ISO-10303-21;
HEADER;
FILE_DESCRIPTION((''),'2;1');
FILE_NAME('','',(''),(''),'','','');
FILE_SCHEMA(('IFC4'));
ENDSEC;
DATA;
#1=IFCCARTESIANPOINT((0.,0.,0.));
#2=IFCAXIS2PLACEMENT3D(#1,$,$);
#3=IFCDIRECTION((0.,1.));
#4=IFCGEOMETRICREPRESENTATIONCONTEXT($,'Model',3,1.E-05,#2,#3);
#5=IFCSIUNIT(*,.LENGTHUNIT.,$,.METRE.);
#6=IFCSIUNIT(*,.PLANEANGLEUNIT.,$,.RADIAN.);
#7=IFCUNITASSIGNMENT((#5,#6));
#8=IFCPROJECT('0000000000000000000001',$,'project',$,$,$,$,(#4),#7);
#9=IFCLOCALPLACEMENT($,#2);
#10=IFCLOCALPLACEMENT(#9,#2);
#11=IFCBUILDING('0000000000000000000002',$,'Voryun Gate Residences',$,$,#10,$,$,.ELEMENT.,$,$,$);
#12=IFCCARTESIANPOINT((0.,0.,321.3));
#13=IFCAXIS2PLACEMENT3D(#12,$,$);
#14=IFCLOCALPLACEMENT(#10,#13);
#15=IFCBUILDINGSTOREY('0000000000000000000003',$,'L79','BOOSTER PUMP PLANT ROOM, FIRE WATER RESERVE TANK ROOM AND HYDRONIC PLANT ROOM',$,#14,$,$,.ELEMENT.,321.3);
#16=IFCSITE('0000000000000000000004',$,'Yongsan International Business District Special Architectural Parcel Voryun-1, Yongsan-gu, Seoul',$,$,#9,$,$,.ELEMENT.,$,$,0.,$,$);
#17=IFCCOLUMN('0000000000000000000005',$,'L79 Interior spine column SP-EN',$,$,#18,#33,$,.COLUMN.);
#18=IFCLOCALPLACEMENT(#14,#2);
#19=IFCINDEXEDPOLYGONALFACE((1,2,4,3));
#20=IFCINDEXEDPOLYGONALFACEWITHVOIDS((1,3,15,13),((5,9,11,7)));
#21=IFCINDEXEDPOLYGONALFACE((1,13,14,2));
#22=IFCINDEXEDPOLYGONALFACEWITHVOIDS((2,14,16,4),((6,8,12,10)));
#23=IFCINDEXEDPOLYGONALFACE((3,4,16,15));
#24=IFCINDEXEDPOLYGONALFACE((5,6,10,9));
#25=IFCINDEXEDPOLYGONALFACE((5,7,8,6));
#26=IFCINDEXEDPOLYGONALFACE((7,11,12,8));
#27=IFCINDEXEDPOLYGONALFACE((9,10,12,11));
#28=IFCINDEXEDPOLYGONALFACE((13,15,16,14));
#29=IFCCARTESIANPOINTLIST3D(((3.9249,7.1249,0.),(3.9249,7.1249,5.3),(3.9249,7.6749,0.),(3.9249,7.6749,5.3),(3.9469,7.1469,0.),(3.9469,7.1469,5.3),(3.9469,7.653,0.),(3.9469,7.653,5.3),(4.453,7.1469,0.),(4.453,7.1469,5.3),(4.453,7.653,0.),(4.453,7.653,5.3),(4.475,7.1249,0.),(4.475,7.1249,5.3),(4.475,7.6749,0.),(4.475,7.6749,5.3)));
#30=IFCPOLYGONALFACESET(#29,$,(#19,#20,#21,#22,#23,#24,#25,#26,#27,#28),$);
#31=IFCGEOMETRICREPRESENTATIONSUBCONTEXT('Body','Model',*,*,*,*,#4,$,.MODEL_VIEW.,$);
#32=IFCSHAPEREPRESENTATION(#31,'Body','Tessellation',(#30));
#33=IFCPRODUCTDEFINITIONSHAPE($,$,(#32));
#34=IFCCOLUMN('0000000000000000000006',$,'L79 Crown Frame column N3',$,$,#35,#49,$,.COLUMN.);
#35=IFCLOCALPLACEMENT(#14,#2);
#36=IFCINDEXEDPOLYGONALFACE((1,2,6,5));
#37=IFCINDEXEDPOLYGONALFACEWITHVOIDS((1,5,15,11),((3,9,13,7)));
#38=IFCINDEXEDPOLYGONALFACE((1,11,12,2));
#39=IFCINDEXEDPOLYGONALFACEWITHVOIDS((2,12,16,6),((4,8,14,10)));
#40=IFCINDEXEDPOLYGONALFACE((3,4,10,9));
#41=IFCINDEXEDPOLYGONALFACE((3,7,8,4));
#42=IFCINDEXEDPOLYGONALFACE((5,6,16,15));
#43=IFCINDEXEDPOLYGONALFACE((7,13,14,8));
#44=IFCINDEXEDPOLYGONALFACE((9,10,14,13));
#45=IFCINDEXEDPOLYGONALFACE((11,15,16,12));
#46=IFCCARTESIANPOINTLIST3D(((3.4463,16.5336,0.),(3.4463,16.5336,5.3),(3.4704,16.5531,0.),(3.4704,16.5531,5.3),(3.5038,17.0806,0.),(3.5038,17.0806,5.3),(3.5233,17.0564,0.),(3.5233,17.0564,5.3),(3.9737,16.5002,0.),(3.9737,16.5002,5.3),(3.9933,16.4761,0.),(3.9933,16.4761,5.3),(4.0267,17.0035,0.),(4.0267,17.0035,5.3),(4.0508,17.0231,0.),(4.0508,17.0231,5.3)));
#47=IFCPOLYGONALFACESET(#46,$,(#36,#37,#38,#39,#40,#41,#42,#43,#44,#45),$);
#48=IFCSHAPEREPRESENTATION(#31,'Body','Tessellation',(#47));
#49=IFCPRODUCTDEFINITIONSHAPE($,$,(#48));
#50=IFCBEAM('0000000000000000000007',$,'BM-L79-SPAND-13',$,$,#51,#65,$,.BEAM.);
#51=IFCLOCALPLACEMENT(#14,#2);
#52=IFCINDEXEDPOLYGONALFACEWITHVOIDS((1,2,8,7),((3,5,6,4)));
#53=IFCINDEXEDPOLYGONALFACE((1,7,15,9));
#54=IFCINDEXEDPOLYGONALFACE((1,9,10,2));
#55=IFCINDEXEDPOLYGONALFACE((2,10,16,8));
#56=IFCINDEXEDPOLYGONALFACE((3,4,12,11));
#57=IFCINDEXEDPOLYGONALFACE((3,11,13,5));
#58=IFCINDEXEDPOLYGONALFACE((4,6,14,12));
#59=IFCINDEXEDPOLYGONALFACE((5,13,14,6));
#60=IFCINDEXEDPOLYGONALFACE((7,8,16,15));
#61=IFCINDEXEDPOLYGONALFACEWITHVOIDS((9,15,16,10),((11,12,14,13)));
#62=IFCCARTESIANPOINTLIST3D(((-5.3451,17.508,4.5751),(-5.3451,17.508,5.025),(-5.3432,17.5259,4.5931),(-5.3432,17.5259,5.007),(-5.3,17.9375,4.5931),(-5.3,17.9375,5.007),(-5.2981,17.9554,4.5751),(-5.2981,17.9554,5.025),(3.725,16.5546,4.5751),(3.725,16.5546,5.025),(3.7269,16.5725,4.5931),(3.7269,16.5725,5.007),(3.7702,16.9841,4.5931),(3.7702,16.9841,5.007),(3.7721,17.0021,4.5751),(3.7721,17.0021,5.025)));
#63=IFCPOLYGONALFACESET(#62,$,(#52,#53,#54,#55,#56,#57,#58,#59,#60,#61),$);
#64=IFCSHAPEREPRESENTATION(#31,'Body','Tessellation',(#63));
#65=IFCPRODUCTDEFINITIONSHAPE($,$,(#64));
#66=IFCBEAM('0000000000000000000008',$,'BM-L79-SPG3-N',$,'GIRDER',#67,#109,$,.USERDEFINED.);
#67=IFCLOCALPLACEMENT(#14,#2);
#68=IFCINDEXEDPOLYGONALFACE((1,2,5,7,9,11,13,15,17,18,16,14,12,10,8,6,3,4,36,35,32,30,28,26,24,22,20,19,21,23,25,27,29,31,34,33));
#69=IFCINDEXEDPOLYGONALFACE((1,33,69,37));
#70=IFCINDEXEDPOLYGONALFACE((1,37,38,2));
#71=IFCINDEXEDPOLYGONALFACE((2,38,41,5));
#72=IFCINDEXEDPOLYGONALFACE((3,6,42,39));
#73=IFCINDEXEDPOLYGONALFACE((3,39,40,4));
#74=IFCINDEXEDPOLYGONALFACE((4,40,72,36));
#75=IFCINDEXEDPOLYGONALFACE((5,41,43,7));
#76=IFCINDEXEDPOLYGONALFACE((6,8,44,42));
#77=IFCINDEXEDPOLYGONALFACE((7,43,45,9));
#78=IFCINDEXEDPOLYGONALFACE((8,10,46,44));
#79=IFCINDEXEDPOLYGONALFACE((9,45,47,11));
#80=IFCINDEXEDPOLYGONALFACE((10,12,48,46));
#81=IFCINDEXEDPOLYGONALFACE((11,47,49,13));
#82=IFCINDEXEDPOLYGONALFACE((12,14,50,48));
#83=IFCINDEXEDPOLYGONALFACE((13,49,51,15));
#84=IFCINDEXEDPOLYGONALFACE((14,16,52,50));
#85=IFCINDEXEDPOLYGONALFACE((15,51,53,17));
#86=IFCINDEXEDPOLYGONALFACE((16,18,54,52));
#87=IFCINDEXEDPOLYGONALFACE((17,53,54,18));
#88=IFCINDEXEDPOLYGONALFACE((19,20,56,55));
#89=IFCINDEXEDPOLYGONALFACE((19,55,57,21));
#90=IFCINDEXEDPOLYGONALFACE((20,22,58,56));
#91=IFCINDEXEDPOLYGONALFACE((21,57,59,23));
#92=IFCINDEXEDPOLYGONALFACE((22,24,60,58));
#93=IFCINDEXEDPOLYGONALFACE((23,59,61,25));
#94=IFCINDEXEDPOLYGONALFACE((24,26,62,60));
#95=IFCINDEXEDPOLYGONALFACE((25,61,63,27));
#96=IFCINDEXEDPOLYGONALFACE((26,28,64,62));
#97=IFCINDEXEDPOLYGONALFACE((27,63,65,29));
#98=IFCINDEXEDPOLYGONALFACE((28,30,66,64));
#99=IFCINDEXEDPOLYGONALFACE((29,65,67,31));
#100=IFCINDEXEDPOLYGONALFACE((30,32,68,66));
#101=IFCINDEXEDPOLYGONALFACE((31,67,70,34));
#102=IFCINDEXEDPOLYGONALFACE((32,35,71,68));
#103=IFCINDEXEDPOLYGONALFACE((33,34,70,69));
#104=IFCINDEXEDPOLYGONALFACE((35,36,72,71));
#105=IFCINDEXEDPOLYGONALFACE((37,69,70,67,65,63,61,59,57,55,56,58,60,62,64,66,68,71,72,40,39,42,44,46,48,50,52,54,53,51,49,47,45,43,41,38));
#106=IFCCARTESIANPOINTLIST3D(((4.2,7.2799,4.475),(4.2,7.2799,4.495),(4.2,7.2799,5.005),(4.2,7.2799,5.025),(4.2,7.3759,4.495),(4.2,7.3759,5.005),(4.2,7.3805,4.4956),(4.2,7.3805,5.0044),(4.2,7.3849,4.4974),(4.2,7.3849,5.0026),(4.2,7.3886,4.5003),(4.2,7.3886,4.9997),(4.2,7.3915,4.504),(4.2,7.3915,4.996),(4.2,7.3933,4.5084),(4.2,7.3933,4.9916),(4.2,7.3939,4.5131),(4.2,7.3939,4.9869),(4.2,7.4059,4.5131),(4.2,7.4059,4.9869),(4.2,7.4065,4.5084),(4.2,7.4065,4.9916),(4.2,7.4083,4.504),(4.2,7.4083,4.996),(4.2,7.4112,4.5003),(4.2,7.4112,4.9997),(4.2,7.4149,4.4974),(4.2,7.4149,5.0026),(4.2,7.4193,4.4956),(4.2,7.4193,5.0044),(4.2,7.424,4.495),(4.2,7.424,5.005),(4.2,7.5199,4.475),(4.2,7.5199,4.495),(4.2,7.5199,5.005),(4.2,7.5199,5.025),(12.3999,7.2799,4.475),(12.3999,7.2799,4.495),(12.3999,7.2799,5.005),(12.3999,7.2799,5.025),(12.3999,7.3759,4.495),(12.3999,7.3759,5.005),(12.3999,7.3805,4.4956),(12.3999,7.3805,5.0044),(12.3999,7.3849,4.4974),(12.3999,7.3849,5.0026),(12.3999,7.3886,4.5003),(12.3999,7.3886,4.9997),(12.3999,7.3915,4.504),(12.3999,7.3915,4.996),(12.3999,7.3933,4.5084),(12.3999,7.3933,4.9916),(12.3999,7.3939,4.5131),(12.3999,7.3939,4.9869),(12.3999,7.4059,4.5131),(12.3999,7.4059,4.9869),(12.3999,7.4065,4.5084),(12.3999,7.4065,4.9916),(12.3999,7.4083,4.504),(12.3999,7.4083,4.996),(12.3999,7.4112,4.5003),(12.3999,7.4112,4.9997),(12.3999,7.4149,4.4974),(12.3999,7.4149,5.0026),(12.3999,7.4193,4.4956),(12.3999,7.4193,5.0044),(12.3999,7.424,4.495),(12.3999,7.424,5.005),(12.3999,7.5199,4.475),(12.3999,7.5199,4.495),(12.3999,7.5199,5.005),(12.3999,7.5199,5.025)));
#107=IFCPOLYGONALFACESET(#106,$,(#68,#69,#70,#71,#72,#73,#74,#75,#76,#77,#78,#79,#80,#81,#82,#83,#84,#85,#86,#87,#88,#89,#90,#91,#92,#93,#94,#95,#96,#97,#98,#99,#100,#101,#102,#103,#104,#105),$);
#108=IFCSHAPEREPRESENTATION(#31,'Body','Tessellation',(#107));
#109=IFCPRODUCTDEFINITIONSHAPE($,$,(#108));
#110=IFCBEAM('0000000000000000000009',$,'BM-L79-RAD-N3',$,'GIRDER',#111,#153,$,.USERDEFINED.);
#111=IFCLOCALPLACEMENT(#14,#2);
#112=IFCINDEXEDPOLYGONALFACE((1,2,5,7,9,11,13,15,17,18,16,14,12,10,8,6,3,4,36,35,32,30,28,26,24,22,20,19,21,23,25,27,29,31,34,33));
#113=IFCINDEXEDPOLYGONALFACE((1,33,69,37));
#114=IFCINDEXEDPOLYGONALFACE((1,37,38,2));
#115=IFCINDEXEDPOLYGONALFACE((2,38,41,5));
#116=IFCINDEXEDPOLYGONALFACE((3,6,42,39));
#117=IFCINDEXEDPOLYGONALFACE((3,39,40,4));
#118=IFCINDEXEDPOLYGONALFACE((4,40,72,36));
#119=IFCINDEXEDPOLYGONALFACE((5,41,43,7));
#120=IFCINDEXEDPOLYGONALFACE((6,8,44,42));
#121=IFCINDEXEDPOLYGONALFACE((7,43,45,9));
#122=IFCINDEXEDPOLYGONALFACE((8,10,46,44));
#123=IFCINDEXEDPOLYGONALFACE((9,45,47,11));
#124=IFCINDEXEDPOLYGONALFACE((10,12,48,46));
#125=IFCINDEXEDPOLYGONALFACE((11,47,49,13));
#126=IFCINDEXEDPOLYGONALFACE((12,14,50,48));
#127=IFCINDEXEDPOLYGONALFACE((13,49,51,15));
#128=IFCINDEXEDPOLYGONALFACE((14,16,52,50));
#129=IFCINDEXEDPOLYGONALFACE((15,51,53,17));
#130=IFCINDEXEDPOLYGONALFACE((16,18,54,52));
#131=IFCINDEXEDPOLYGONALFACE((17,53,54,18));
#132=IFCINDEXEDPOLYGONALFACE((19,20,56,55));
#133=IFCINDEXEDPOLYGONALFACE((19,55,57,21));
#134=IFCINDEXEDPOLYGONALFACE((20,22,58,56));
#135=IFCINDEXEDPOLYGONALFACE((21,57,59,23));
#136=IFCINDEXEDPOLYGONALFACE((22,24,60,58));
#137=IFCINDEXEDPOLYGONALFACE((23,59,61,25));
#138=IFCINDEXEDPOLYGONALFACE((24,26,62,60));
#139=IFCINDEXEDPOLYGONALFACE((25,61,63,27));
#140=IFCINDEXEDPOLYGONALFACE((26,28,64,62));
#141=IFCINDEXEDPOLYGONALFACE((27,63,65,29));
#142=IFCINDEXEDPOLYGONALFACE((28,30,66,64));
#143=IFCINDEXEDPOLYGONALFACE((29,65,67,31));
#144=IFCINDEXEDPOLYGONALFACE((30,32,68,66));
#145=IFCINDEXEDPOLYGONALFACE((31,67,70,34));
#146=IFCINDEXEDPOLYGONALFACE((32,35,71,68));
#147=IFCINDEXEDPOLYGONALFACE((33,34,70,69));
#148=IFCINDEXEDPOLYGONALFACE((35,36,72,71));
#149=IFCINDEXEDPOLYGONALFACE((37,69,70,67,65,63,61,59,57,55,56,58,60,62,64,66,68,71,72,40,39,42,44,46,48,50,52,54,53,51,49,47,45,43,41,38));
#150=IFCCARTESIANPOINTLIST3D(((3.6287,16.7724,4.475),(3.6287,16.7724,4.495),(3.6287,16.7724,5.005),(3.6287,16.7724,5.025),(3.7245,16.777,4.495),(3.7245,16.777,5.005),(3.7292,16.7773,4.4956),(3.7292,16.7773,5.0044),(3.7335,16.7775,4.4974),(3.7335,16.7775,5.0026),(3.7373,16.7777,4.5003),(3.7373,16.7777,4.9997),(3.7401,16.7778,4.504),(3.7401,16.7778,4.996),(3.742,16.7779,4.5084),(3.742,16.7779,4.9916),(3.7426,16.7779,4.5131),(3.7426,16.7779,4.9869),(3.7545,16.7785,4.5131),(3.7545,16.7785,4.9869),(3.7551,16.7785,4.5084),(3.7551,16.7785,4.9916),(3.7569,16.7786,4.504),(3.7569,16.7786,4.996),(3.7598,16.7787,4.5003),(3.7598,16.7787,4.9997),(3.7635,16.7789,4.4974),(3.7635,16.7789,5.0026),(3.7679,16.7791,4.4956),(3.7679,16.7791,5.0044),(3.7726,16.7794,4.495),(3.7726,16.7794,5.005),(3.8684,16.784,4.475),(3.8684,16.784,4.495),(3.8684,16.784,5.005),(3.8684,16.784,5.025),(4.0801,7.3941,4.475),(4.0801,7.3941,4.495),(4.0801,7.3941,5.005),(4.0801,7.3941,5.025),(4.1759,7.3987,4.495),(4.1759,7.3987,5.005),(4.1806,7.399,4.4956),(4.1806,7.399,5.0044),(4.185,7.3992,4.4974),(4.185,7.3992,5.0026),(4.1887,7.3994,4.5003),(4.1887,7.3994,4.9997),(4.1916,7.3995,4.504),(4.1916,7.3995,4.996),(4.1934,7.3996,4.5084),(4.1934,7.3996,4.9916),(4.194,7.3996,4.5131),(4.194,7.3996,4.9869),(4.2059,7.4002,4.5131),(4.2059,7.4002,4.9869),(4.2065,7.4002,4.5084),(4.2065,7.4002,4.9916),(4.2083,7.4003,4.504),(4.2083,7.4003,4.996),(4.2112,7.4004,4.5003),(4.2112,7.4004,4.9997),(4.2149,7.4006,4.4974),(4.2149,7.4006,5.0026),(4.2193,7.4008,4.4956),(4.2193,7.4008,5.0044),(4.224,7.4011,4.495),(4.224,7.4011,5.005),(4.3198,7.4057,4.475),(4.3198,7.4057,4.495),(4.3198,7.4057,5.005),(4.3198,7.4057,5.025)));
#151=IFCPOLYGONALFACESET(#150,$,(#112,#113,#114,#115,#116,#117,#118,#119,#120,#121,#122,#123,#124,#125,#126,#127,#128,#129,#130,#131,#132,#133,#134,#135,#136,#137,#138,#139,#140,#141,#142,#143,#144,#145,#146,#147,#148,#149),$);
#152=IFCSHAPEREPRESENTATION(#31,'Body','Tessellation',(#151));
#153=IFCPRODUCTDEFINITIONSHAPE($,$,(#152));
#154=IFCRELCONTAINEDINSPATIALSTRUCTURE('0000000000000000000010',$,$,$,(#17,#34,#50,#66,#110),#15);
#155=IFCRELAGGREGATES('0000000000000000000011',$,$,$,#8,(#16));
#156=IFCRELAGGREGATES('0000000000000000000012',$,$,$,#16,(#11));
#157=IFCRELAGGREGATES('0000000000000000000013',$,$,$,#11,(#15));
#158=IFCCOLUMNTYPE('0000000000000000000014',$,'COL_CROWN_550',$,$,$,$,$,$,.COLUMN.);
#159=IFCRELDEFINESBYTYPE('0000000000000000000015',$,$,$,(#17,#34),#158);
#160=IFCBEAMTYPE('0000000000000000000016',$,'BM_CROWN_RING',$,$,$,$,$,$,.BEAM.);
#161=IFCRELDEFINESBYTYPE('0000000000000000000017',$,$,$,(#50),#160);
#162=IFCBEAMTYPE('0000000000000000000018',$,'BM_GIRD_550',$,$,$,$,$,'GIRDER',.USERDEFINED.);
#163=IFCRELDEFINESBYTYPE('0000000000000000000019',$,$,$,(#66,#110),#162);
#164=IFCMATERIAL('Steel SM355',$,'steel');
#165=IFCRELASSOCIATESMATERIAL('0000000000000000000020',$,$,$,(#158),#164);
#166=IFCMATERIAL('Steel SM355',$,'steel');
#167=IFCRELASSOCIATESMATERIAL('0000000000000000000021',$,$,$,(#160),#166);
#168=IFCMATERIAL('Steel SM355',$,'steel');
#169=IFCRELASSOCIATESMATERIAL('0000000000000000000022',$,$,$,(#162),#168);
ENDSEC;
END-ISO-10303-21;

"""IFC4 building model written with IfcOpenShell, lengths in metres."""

from ifc_helpers import new_model, si_unit, direction, frame, origin, origin_2d, place, context, subcontext, project, spatial, hollow_rectangle, i_section, extrude, material, material_profile, profile_set, type_object, element, save


model = new_model("IFC4")

# Units and contexts
model_context = context("Model", 3, precision=1e-05, world=origin(), true_north=direction((0.0, 1.0)))
body_context = subcontext(model_context, "Body", "Model", "MODEL_VIEW")
ifc_project = project(units=[si_unit("LENGTHUNIT", "METRE"), si_unit("PLANEANGLEUNIT", "RADIAN")], contexts=[model_context])

# Site, building, storey
site_placement = place(None, origin())
site = spatial("IfcSite", under=ifc_project, at=site_placement, Name="Yongsan International Business District Special Architectural Parcel Voryun-1, Yongsan-gu, Seoul", CompositionType="ELEMENT", RefElevation=0.0)
building_placement = place(site_placement, origin())
building = spatial("IfcBuilding", under=site, at=building_placement, Name="Voryun Gate Residences", CompositionType="ELEMENT")
storey_placement = place(building_placement, frame((0.0, 0.0, 321.3)))
storey = spatial("IfcBuildingStorey", under=building, at=storey_placement, Name="L79", Description="BOOSTER PUMP PLANT ROOM, FIRE WATER RESERVE TANK ROOM AND HYDRONIC PLANT ROOM", CompositionType="ELEMENT", Elevation=321.3)

# Columns
ifc_material_1 = material(Name="Steel SM355", Category="steel")
ifc_material_profile_1 = material_profile(ifc_material_1, hollow_rectangle(XDim=0.55, YDim=0.55, WallThickness=0.022, at=origin_2d()), Name="BOX-550x550x22")
ifc_profile_set_1 = profile_set([ifc_material_profile_1], Name="Steel SM355")
column_type = type_object("IfcColumnType", Name="COL_CROWN_550", PredefinedType="COLUMN", material=ifc_profile_set_1)
for number, where, z_axis, x_axis, name in (
    (1, (4.2, 7.3999, 0.0), (0.0, 0.0, 1.0), (1.0, 0.0, 0.0), "L79 Interior spine column SP-EN"),
    (2, (3.7485, 16.7783, 0.0), (0.0, 0.0, 1.0), (0.994522, -0.104528, 0.0), "L79 Crown Frame column N3"),
):
    element("IfcColumn", number, at=place(storey_placement, frame(where, z_axis=z_axis, x_axis=x_axis)), inside=storey, type_object=column_type, Name=name, PredefinedType="COLUMN", context=body_context, shape_type="SweptSolid", body=[
        extrude(hollow_rectangle(XDim=0.55, YDim=0.55, WallThickness=0.022, at=origin_2d()), origin(), (0.0, 0.0, 1.0), 5.3),
    ])

# Beams
ifc_material_2 = material(Name="Steel SM355", Category="steel")
ifc_material_profile_2 = material_profile(ifc_material_2, hollow_rectangle(XDim=0.45, YDim=0.45, WallThickness=0.0181, at=origin_2d()), Name="BOX-450x450x18")
ifc_profile_set_2 = profile_set([ifc_material_profile_2], Name="Steel SM355")
beam_type_1 = type_object("IfcBeamType", Name="BM_CROWN_RING", PredefinedType="BEAM", material=ifc_profile_set_2)
beam_1_placement = place(storey_placement, frame((3.7485, 16.7783, 4.8), z_axis=(-0.994521, 0.104536, 0.0), x_axis=(-0.104536, -0.994521, 0.0)))
element("IfcBeam", 3, at=beam_1_placement, inside=storey, type_object=beam_type_1, Name="BM-L79-SPAND-13", PredefinedType="BEAM", context=body_context, shape_type="SweptSolid", body=[
    extrude(hollow_rectangle(XDim=0.45, YDim=0.45, WallThickness=0.0181, at=origin_2d()), origin(), (0.0, 0.0, 1.0), 9.1201),
])
ifc_material_3 = material(Name="Steel SM355", Category="steel")
ifc_material_profile_3 = material_profile(ifc_material_3, i_section(OverallWidth=0.24, OverallDepth=0.55, WebThickness=0.012, FlangeThickness=0.02, FilletRadius=0.0181, at=origin_2d()), Name="H-550x240x12x20")
ifc_profile_set_3 = profile_set([ifc_material_profile_3], Name="Steel SM355")
beam_type_2 = type_object("IfcBeamType", Name="BM_GIRD_550", ElementType="GIRDER", PredefinedType="USERDEFINED", material=ifc_profile_set_3)
beam_2_placement = place(storey_placement, frame((4.2, 7.3999, 4.75), z_axis=(1.0, 0.0, 0.0), x_axis=(0.0, 1.0, 0.0)))
element("IfcBeam", 4, at=beam_2_placement, inside=storey, type_object=beam_type_2, Name="BM-L79-SPG3-N", ObjectType="GIRDER", PredefinedType="USERDEFINED", context=body_context, shape_type="SweptSolid", body=[
    extrude(i_section(OverallWidth=0.24, OverallDepth=0.55, WebThickness=0.012, FlangeThickness=0.02, FilletRadius=0.0181, at=origin_2d()), origin(), (0.0, 0.0, 1.0), 8.2),
])
beam_3_placement = place(storey_placement, frame((4.2, 7.3999, 4.75), z_axis=(-0.048078, 0.998844, 0.0), x_axis=(-0.998844, -0.048078, 0.0)))
element("IfcBeam", 5, at=beam_3_placement, inside=storey, type_object=beam_type_2, Name="BM-L79-RAD-N3", ObjectType="GIRDER", PredefinedType="USERDEFINED", context=body_context, shape_type="SweptSolid", body=[
    extrude(i_section(OverallWidth=0.24, OverallDepth=0.55, WebThickness=0.012, FlangeThickness=0.02, FilletRadius=0.0181, at=origin_2d()), origin(), (0.0, 0.0, 1.0), 9.3892),
])

save(model, "model.ifc")
